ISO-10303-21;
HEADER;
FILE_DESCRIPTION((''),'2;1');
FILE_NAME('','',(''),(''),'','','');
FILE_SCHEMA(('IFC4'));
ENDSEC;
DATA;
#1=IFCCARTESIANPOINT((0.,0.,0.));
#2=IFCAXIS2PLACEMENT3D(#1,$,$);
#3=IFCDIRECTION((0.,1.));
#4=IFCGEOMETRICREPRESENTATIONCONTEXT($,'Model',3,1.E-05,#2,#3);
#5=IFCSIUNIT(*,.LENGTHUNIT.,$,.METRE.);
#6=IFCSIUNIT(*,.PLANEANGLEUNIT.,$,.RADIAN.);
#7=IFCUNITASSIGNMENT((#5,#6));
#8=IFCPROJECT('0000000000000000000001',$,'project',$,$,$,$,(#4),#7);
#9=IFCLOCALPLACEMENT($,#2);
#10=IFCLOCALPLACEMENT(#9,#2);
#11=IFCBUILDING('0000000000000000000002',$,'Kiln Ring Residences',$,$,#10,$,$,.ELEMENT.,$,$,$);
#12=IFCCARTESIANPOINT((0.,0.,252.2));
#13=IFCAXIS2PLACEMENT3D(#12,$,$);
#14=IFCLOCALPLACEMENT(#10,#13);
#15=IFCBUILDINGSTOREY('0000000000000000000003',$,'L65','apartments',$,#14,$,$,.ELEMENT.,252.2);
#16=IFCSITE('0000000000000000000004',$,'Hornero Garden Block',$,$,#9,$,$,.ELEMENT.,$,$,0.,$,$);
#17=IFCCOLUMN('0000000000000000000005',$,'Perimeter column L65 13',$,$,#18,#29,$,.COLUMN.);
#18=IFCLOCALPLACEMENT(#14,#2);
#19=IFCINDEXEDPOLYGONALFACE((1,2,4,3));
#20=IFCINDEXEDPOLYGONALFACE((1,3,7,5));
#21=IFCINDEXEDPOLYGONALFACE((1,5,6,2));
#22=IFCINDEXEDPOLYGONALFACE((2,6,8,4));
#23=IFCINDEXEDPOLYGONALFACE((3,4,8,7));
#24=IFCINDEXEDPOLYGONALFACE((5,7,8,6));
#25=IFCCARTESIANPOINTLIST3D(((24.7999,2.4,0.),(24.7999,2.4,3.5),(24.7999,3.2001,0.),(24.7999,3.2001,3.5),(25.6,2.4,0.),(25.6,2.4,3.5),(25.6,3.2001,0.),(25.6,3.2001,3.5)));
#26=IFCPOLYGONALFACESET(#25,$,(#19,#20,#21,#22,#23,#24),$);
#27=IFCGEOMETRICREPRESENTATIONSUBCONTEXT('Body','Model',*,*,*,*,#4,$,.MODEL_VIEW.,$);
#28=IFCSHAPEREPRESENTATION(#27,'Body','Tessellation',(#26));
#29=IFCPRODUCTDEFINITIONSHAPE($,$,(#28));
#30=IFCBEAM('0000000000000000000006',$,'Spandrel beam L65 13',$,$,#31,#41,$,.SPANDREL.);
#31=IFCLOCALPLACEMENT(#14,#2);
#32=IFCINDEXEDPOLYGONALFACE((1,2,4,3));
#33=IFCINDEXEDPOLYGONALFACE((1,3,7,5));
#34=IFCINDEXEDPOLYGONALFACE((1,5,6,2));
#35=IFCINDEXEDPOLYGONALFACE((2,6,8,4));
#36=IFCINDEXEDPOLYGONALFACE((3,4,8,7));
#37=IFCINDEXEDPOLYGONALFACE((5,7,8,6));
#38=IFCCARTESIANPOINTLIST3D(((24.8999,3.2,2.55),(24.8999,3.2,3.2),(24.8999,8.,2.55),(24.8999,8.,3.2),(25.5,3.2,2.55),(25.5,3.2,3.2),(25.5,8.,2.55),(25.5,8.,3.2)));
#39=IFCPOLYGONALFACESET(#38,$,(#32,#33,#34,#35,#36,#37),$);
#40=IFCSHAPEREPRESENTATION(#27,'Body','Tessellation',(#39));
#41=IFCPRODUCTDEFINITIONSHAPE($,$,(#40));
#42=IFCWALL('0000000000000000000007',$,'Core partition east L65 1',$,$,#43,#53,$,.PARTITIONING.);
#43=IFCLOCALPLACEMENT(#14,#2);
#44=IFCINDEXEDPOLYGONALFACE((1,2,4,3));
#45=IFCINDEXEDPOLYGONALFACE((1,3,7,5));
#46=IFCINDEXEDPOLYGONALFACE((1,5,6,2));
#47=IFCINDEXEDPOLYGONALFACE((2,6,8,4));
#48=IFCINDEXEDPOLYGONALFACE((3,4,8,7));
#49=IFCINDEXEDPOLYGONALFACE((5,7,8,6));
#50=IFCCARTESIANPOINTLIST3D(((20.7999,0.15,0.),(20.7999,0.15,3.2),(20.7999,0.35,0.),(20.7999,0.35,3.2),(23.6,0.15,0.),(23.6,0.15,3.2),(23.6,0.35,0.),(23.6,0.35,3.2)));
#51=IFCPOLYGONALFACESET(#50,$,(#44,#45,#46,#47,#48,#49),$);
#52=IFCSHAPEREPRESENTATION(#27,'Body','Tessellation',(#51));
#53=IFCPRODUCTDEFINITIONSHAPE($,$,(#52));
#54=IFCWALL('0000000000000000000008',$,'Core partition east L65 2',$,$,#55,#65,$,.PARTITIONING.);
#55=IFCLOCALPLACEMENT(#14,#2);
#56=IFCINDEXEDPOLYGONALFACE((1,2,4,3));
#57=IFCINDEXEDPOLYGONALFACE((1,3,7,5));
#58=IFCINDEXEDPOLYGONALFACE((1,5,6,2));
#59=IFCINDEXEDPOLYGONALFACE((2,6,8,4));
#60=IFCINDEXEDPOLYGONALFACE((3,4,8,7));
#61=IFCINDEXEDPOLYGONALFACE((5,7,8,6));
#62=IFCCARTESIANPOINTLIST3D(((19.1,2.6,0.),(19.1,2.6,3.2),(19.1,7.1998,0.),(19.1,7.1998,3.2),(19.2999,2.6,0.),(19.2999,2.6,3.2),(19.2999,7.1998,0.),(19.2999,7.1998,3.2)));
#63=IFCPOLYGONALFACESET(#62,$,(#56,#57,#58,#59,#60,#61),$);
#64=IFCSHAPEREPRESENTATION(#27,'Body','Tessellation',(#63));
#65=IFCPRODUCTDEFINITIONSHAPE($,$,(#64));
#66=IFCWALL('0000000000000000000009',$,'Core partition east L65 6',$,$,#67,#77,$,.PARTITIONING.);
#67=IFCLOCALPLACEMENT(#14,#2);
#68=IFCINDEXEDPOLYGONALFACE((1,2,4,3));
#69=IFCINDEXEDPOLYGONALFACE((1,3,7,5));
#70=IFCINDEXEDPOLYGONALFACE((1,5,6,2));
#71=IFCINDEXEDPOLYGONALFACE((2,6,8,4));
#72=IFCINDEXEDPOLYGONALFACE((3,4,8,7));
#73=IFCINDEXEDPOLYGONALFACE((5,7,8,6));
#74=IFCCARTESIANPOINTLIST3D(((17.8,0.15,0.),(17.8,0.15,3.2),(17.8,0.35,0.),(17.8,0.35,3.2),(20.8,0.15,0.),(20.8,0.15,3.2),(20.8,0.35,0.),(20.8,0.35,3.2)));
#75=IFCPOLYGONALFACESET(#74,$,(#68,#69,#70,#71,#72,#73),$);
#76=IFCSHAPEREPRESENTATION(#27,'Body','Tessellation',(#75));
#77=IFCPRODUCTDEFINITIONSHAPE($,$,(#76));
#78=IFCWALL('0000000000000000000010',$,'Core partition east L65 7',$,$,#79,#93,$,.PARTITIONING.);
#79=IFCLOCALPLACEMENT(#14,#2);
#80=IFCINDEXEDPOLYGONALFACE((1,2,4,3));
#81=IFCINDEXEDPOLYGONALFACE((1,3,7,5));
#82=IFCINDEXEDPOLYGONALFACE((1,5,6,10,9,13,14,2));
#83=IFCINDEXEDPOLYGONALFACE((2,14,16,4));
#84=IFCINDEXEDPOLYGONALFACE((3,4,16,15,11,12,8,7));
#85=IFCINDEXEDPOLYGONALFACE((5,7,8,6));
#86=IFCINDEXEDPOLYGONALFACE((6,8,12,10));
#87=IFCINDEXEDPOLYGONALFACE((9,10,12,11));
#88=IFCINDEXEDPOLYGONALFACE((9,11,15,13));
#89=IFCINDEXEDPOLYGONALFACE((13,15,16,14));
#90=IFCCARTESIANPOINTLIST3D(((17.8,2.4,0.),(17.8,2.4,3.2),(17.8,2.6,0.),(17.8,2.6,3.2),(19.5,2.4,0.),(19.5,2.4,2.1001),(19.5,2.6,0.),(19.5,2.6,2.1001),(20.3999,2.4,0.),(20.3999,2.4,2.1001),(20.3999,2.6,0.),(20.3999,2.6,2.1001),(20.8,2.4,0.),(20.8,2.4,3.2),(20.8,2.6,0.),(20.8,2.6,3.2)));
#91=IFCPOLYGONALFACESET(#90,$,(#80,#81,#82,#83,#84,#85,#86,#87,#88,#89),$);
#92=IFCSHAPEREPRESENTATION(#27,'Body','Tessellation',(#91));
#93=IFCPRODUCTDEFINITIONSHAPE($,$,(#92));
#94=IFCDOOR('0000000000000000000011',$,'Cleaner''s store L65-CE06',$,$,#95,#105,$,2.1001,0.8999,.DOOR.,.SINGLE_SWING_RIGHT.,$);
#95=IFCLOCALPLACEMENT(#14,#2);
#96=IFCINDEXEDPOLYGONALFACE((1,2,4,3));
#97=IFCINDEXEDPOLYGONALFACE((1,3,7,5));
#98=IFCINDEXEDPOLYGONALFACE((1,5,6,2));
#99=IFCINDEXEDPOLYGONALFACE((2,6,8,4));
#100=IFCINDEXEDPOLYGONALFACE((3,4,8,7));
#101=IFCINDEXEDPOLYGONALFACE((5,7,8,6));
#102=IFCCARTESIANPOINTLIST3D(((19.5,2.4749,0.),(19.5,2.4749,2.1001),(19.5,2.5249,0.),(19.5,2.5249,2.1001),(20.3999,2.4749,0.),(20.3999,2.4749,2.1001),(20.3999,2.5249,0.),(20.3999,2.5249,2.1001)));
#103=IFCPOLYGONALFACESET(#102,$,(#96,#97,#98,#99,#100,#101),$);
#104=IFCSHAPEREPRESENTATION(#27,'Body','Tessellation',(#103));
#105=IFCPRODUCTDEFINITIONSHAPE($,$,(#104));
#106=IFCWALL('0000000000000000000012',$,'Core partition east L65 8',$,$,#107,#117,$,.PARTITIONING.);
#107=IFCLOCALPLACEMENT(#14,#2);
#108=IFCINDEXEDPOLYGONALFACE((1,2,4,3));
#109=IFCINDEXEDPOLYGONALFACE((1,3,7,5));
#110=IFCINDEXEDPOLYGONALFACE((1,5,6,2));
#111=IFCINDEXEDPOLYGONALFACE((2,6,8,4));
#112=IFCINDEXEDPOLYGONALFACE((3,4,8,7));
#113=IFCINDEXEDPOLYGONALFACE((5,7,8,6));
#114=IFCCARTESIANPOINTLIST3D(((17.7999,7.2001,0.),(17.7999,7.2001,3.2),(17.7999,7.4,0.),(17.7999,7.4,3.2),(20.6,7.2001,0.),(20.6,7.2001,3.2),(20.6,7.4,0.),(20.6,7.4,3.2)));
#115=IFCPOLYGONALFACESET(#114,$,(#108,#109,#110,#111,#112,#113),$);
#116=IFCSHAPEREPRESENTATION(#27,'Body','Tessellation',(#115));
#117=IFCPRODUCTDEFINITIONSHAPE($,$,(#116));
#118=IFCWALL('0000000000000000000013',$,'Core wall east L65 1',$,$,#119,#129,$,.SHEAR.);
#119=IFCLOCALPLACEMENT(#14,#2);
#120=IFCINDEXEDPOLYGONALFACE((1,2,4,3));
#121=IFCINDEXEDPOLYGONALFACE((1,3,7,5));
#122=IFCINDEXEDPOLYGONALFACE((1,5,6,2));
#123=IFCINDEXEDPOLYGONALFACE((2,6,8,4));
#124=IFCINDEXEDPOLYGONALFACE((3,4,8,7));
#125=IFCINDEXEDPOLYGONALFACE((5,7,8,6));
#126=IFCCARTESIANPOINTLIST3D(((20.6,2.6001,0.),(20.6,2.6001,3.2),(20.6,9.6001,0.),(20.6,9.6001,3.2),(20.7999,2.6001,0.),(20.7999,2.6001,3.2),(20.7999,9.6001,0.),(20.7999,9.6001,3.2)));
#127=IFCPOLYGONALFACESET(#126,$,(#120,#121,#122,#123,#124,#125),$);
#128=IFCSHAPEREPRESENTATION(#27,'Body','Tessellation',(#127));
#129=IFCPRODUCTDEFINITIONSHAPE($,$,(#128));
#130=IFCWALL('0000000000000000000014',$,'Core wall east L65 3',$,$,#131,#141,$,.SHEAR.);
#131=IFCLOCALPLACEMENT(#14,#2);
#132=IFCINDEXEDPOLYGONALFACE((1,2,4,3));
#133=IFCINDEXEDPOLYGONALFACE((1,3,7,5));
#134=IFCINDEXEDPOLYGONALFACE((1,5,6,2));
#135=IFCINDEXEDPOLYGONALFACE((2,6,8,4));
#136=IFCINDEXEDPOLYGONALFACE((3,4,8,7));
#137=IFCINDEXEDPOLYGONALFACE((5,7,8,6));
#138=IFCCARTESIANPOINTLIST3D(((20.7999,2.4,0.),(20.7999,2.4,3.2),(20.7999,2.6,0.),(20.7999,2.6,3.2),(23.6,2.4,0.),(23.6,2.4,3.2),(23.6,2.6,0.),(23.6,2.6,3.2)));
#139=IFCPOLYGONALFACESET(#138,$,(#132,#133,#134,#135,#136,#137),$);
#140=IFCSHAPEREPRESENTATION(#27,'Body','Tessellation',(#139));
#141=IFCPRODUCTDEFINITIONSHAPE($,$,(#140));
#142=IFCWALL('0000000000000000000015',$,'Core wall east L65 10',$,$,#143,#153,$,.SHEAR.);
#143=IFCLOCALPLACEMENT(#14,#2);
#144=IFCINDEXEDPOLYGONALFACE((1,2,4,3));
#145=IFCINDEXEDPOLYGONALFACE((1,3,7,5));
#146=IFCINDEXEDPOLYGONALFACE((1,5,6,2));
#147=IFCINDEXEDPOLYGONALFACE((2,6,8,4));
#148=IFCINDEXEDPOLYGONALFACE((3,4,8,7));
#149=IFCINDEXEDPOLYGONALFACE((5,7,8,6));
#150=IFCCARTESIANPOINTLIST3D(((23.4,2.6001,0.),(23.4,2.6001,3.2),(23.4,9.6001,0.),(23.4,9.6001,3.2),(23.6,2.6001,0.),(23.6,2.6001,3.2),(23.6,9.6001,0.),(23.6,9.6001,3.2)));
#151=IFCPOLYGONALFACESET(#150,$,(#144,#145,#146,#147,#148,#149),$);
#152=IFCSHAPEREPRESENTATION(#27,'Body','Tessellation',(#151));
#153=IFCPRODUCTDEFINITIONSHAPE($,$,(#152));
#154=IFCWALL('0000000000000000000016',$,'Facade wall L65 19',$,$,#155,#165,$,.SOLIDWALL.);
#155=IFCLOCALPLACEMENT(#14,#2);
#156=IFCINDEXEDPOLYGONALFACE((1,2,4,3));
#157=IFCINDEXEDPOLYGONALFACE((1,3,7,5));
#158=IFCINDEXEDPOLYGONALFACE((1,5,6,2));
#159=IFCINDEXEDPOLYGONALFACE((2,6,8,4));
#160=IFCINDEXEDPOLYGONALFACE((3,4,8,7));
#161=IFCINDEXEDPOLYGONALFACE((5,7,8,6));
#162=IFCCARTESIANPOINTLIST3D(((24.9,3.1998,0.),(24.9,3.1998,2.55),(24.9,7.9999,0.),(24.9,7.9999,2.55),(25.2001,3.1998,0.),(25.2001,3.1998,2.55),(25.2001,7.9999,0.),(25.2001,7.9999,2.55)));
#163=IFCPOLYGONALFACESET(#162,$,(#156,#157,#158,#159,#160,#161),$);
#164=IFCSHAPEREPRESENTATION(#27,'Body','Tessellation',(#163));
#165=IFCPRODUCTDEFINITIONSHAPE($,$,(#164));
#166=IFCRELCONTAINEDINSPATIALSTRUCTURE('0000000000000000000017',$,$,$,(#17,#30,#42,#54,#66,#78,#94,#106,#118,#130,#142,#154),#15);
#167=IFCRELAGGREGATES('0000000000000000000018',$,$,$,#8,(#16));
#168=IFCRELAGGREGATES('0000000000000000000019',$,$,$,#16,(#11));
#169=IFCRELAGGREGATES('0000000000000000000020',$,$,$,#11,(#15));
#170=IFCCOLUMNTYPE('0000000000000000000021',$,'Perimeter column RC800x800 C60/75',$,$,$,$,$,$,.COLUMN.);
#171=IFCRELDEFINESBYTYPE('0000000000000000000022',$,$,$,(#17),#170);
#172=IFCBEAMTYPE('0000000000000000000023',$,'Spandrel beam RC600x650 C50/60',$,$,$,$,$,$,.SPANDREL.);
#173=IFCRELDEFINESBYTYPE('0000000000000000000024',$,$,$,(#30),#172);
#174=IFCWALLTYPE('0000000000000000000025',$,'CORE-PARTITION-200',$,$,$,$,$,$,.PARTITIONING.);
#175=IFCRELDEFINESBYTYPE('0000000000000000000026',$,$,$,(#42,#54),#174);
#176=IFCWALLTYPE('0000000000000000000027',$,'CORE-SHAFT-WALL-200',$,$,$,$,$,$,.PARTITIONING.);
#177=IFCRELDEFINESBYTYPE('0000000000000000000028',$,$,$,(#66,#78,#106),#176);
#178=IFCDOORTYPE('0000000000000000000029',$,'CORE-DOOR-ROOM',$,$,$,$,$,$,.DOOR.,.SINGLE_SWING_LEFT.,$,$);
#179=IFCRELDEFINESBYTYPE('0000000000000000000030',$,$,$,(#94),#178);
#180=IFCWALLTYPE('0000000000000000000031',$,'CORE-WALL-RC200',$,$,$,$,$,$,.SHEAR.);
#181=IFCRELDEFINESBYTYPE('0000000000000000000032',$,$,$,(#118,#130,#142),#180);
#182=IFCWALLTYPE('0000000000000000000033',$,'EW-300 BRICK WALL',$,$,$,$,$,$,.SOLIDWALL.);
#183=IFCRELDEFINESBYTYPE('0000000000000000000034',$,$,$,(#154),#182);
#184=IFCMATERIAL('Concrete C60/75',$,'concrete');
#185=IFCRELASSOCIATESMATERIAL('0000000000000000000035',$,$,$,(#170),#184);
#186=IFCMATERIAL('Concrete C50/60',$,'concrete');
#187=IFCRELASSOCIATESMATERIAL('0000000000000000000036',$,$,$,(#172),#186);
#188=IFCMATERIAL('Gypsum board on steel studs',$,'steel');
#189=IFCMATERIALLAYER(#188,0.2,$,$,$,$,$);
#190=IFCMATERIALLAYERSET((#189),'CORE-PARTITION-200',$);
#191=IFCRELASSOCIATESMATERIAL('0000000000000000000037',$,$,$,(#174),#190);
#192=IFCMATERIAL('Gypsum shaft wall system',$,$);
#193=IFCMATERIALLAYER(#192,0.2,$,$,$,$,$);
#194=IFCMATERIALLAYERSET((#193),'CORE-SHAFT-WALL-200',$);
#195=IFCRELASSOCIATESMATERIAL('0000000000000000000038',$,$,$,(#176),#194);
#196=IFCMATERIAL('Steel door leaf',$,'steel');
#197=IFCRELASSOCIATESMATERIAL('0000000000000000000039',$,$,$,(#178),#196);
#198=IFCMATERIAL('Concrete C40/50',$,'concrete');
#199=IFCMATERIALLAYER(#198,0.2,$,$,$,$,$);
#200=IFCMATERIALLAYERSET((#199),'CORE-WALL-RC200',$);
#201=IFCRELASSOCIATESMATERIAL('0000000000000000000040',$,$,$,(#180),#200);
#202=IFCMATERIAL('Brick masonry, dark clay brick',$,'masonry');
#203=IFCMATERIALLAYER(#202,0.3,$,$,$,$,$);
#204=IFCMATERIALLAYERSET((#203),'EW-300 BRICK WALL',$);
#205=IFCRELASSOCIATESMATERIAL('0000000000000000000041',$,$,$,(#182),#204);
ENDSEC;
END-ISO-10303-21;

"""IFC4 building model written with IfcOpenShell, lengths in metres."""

from ifc_helpers import new_model, si_unit, direction, frame, frame_2d, origin, origin_2d, place, context, subcontext, project, spatial, rectangle, extrude, material, layer, layer_set, material_profile, profile_set, type_object, element, fill, save


model = new_model("IFC4")

# Units and contexts
model_context = context("Model", 3, precision=1e-05, world=origin(), true_north=direction((0.0, 1.0)))
body_context = subcontext(model_context, "Body", "Model", "MODEL_VIEW")
ifc_project = project(units=[si_unit("LENGTHUNIT", "METRE"), si_unit("PLANEANGLEUNIT", "RADIAN")], contexts=[model_context])

# Site, building, storey
site_placement = place(None, origin())
site = spatial("IfcSite", under=ifc_project, at=site_placement, Name="Hornero Garden Block", CompositionType="ELEMENT", RefElevation=0.0)
building_placement = place(site_placement, origin())
building = spatial("IfcBuilding", under=site, at=building_placement, Name="Kiln Ring Residences", CompositionType="ELEMENT")
storey_placement = place(building_placement, frame((0.0, 0.0, 252.2)))
storey = spatial("IfcBuildingStorey", under=building, at=storey_placement, Name="L65", Description="apartments", CompositionType="ELEMENT", Elevation=252.2)

# Column
ifc_material_1 = material(Name="Concrete C60/75", Category="concrete")
ifc_material_profile_1 = material_profile(ifc_material_1, rectangle(XDim=0.8, YDim=0.8, at=origin_2d()), Name="RC800x800")
ifc_profile_set_1 = profile_set([ifc_material_profile_1], Name="Concrete C60/75")
column_type = type_object("IfcColumnType", Name="Perimeter column RC800x800 C60/75", PredefinedType="COLUMN", material=ifc_profile_set_1)
column_placement = place(storey_placement, frame((25.2, 2.8, 0.0), z_axis=(0.0, 0.0, 1.0), x_axis=(1.0, 0.0, 0.0)))
element("IfcColumn", 1, at=column_placement, inside=storey, type_object=column_type, Name="Perimeter column L65 13", PredefinedType="COLUMN", context=body_context, shape_type="SweptSolid", body=[
    extrude(rectangle(XDim=0.8, YDim=0.8, at=origin_2d()), origin(), (0.0, 0.0, 1.0), 3.5),
])

# Beam
ifc_material_2 = material(Name="Concrete C50/60", Category="concrete")
ifc_material_profile_2 = material_profile(ifc_material_2, rectangle(XDim=0.6001, YDim=0.6499, at=origin_2d()), Name="RC600x650")
ifc_profile_set_2 = profile_set([ifc_material_profile_2], Name="Concrete C50/60")
beam_type = type_object("IfcBeamType", Name="Spandrel beam RC600x650 C50/60", PredefinedType="SPANDREL", material=ifc_profile_set_2)
beam_placement = place(storey_placement, frame((25.2, 3.2, 2.875), z_axis=(0.0, 1.0, 0.0), x_axis=(-1.0, 0.0, 0.0)))
element("IfcBeam", 2, at=beam_placement, inside=storey, type_object=beam_type, Name="Spandrel beam L65 13", PredefinedType="SPANDREL", context=body_context, shape_type="SweptSolid", body=[
    extrude(rectangle(XDim=0.6001, YDim=0.6499, at=origin_2d()), origin(), (0.0, 0.0, 1.0), 4.8),
])

# Walls
ifc_material_3 = material(Name="Gypsum board on steel studs", Category="steel")
ifc_layer_1 = layer(ifc_material_3, 0.2)
ifc_layer_set_1 = layer_set([ifc_layer_1], Name="CORE-PARTITION-200")
wall_type_1 = type_object("IfcWallType", Name="CORE-PARTITION-200", PredefinedType="PARTITIONING", material=ifc_layer_set_1)
wall_1_placement = place(storey_placement, frame((20.8, 0.25, 0.0), z_axis=(0.0, 0.0, 1.0), x_axis=(1.0, 0.0, 0.0)))
element("IfcWall", 3, at=wall_1_placement, inside=storey, type_object=wall_type_1, Name="Core partition east L65 1", PredefinedType="PARTITIONING", context=body_context, shape_type="SweptSolid", body=[
    extrude(rectangle(XDim=2.8, YDim=0.2, at=frame_2d((1.3999, 0.0))), origin(), (0.0, 0.0, 1.0), 3.2),
])
wall_2_placement = place(storey_placement, frame((19.2, 2.6001, 0.0), z_axis=(0.0, 0.0, 1.0), x_axis=(0.0, 1.0, 0.0)))
element("IfcWall", 4, at=wall_2_placement, inside=storey, type_object=wall_type_1, Name="Core partition east L65 2", PredefinedType="PARTITIONING", context=body_context, shape_type="SweptSolid", body=[
    extrude(rectangle(XDim=4.5999, YDim=0.2, at=frame_2d((2.2998, 0.0))), origin(), (0.0, 0.0, 1.0), 3.2),
])
ifc_material_4 = material(Name="Gypsum shaft wall system")
ifc_layer_2 = layer(ifc_material_4, 0.2)
ifc_layer_set_2 = layer_set([ifc_layer_2], Name="CORE-SHAFT-WALL-200")
wall_type_2 = type_object("IfcWallType", Name="CORE-SHAFT-WALL-200", PredefinedType="PARTITIONING", material=ifc_layer_set_2)
wall_3_placement = place(storey_placement, frame((17.8, 0.25, 0.0), z_axis=(0.0, 0.0, 1.0), x_axis=(1.0, 0.0, 0.0)))
element("IfcWall", 5, at=wall_3_placement, inside=storey, type_object=wall_type_2, Name="Core partition east L65 6", PredefinedType="PARTITIONING", context=body_context, shape_type="SweptSolid", body=[
    extrude(rectangle(XDim=3.0, YDim=0.2, at=frame_2d((1.5, 0.0))), origin(), (0.0, 0.0, 1.0), 3.2),
])

# Wall, opening, door
wall_4_placement = place(storey_placement, frame((17.8, 2.5, 0.0), z_axis=(0.0, 0.0, 1.0), x_axis=(1.0, 0.0, 0.0)))
wall_4 = element("IfcWall", 6, at=wall_4_placement, inside=storey, type_object=wall_type_2, Name="Core partition east L65 7", PredefinedType="PARTITIONING", context=body_context, shape_type="SweptSolid", body=[
    extrude(rectangle(XDim=3.0, YDim=0.2, at=frame_2d((1.5, 0.0))), origin(), (0.0, 0.0, 1.0), 3.2),
])
opening_placement = place(wall_4_placement, frame((1.7, 0.0, 0.0)))
opening = element("IfcOpeningElement", 7, at=opening_placement, cuts=wall_4, PredefinedType="OPENING", context=body_context, shape_type="SweptSolid", body=[
    extrude(rectangle(XDim=0.8999, YDim=2.1001, at=frame_2d((0.45, 1.05))), frame((0.0, 0.1099, 0.0), z_axis=(0.0, -1.0, 0.0), x_axis=(1.0, 0.0, 0.0)), (0.0, 0.0, 1.0), 0.22),
])
ifc_material_5 = material(Name="Steel door leaf", Category="steel")
door_type = type_object("IfcDoorType", Name="CORE-DOOR-ROOM", OperationType="SINGLE_SWING_LEFT", PredefinedType="DOOR", material=ifc_material_5)
door_placement = place(opening_placement, origin())
door = element("IfcDoor", 8, at=door_placement, inside=storey, type_object=door_type, Name="Cleaner's store L65-CE06", OperationType="SINGLE_SWING_RIGHT", OverallHeight=2.1001, OverallWidth=0.8999, PredefinedType="DOOR", context=body_context, shape_type="SweptSolid", body=[
    extrude(rectangle(XDim=0.8999, YDim=2.1001, at=frame_2d((0.45, 1.05))), frame((0.0, 0.0249, 0.0), z_axis=(0.0, -1.0, 0.0), x_axis=(1.0, 0.0, 0.0)), (0.0, 0.0, 1.0), 0.05),
])
fill(opening, door)

# Walls
wall_5_placement = place(storey_placement, frame((17.8, 7.3, 0.0), z_axis=(0.0, 0.0, 1.0), x_axis=(1.0, 0.0, 0.0)))
element("IfcWall", 9, at=wall_5_placement, inside=storey, type_object=wall_type_2, Name="Core partition east L65 8", PredefinedType="PARTITIONING", context=body_context, shape_type="SweptSolid", body=[
    extrude(rectangle(XDim=2.8, YDim=0.2, at=frame_2d((1.3999, 0.0))), origin(), (0.0, 0.0, 1.0), 3.2),
])
ifc_material_6 = material(Name="Concrete C40/50", Category="concrete")
ifc_layer_3 = layer(ifc_material_6, 0.2)
ifc_layer_set_3 = layer_set([ifc_layer_3], Name="CORE-WALL-RC200")
wall_type_3 = type_object("IfcWallType", Name="CORE-WALL-RC200", PredefinedType="SHEAR", material=ifc_layer_set_3)
wall_6_placement = place(storey_placement, frame((20.7, 2.6001, 0.0), z_axis=(0.0, 0.0, 1.0), x_axis=(0.0, 1.0, 0.0)))
element("IfcWall", 10, at=wall_6_placement, inside=storey, type_object=wall_type_3, Name="Core wall east L65 1", PredefinedType="SHEAR", context=body_context, shape_type="SweptSolid", body=[
    extrude(rectangle(XDim=7.0, YDim=0.2, at=frame_2d((3.5, 0.0))), origin(), (0.0, 0.0, 1.0), 3.2),
])
wall_7_placement = place(storey_placement, frame((20.8, 2.5, 0.0), z_axis=(0.0, 0.0, 1.0), x_axis=(1.0, 0.0, 0.0)))
element("IfcWall", 11, at=wall_7_placement, inside=storey, type_object=wall_type_3, Name="Core wall east L65 3", PredefinedType="SHEAR", context=body_context, shape_type="SweptSolid", body=[
    extrude(rectangle(XDim=2.8, YDim=0.2, at=frame_2d((1.3999, 0.0))), origin(), (0.0, 0.0, 1.0), 3.2),
])
wall_8_placement = place(storey_placement, frame((23.5, 2.6001, 0.0), z_axis=(0.0, 0.0, 1.0), x_axis=(0.0, 1.0, 0.0)))
element("IfcWall", 12, at=wall_8_placement, inside=storey, type_object=wall_type_3, Name="Core wall east L65 10", PredefinedType="SHEAR", context=body_context, shape_type="SweptSolid", body=[
    extrude(rectangle(XDim=7.0, YDim=0.2, at=frame_2d((3.5, 0.0))), origin(), (0.0, 0.0, 1.0), 3.2),
])
ifc_material_7 = material(Name="Brick masonry, dark clay brick", Category="masonry")
ifc_layer_4 = layer(ifc_material_7, 0.3)
ifc_layer_set_4 = layer_set([ifc_layer_4], Name="EW-300 BRICK WALL")
wall_type_4 = type_object("IfcWallType", Name="EW-300 BRICK WALL", PredefinedType="SOLIDWALL", material=ifc_layer_set_4)
wall_9_placement = place(storey_placement, frame((25.05, 3.2, 0.0), z_axis=(0.0, 0.0, 1.0), x_axis=(0.0, 1.0, 0.0)))
element("IfcWall", 13, at=wall_9_placement, inside=storey, type_object=wall_type_4, Name="Facade wall L65 19", PredefinedType="SOLIDWALL", context=body_context, shape_type="SweptSolid", body=[
    extrude(rectangle(XDim=4.8, YDim=0.3, at=frame_2d((2.3999, 0.0))), origin(), (0.0, 0.0, 1.0), 2.55),
])

save(model, "model.ifc")
